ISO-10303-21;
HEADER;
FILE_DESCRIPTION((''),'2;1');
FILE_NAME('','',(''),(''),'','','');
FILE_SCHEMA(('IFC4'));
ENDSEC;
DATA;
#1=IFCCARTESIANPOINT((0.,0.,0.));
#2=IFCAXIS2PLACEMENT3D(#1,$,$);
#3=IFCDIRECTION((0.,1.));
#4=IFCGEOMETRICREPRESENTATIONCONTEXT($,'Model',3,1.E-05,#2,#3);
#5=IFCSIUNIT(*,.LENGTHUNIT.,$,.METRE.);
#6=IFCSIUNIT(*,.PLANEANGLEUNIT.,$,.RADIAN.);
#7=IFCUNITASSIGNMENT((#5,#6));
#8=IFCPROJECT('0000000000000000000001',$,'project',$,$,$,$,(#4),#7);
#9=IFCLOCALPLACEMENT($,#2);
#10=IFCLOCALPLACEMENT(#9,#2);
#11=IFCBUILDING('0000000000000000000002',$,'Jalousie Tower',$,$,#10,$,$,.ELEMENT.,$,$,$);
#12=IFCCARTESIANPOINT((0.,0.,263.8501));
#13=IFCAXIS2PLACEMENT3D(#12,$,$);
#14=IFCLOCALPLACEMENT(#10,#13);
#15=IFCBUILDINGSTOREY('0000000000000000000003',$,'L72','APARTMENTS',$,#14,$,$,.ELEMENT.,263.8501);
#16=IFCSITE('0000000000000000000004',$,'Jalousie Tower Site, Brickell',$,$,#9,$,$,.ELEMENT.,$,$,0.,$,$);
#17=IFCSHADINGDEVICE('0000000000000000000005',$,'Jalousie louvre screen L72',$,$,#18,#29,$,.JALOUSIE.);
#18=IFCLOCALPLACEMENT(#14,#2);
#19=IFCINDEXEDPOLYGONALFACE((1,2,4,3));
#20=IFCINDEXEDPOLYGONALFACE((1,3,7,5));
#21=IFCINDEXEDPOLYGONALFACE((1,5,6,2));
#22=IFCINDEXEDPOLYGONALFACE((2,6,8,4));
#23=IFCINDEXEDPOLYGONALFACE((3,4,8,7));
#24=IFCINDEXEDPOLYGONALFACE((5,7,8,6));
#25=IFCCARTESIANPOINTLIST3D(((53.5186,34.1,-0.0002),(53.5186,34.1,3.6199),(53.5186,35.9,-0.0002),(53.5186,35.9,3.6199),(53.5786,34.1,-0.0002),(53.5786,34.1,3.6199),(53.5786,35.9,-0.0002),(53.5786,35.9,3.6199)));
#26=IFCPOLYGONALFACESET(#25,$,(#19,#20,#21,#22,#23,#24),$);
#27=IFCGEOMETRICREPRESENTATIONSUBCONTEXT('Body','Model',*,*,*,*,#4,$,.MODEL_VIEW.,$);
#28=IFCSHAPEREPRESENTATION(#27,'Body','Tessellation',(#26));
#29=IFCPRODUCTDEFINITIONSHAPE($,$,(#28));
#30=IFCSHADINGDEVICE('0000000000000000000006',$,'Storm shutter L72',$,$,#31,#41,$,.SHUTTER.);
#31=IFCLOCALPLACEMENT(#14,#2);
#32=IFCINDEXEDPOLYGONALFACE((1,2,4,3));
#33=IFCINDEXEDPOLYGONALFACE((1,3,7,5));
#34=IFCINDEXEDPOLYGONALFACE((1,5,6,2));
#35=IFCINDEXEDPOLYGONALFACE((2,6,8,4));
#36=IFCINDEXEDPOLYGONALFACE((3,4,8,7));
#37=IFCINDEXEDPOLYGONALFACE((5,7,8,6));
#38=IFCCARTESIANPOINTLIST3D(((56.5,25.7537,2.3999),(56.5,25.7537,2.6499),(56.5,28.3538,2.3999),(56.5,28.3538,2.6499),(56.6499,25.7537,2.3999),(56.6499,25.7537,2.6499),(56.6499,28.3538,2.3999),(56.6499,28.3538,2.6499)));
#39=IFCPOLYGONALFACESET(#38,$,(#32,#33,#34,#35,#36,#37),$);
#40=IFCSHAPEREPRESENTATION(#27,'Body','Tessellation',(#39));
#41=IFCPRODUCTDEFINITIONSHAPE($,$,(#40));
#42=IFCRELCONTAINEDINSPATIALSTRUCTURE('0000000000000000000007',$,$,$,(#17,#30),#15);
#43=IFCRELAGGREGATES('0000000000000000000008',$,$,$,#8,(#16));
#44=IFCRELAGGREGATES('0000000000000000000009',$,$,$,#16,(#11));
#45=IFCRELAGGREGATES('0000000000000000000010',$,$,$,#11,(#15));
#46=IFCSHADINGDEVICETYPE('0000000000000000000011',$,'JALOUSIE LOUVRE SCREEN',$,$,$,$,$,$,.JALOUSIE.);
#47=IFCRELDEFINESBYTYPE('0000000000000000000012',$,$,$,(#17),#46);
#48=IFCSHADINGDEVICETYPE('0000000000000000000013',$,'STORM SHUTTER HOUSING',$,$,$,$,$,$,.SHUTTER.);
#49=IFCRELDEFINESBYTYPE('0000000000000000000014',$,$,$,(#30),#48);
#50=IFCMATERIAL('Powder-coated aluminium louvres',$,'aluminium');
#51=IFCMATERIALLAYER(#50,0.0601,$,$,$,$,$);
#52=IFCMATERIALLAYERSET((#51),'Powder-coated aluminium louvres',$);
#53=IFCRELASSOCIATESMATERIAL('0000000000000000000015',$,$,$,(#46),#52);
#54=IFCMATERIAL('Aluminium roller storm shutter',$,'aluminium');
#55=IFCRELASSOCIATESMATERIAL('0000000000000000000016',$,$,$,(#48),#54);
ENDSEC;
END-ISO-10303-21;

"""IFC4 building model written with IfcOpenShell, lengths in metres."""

from ifc_helpers import new_model, si_unit, direction, frame, origin, origin_2d, place, context, subcontext, project, spatial, rectangle, extrude, material, layer, layer_set, type_object, element, save


model = new_model("IFC4")

# Units and contexts
model_context = context("Model", 3, precision=1e-05, world=origin(), true_north=direction((0.0, 1.0)))
body_context = subcontext(model_context, "Body", "Model", "MODEL_VIEW")
ifc_project = project(units=[si_unit("LENGTHUNIT", "METRE"), si_unit("PLANEANGLEUNIT", "RADIAN")], contexts=[model_context])

# Site, building, storey
site_placement = place(None, origin())
site = spatial("IfcSite", under=ifc_project, at=site_placement, Name="Jalousie Tower Site, Brickell", CompositionType="ELEMENT", RefElevation=0.0)
building_placement = place(site_placement, origin())
building = spatial("IfcBuilding", under=site, at=building_placement, Name="Jalousie Tower", CompositionType="ELEMENT")
storey_placement = place(building_placement, frame((0.0, 0.0, 263.8501)))
storey = spatial("IfcBuildingStorey", under=building, at=storey_placement, Name="L72", Description="APARTMENTS", CompositionType="ELEMENT", Elevation=263.8501)

# Shading devices
ifc_material_1 = material(Name="Powder-coated aluminium louvres", Category="aluminium")
ifc_layer_1 = layer(ifc_material_1, 0.0601)
ifc_layer_set_1 = layer_set([ifc_layer_1], Name="Powder-coated aluminium louvres")
shading_device_type_1 = type_object("IfcShadingDeviceType", Name="JALOUSIE LOUVRE SCREEN", PredefinedType="JALOUSIE", material=ifc_layer_set_1)
shading_device_1_placement = place(storey_placement, frame((53.5486, 35.0, -0.0002), z_axis=(0.0, 0.0, 1.0), x_axis=(-1.0, 0.0, 0.0)))
element("IfcShadingDevice", 1, at=shading_device_1_placement, inside=storey, type_object=shading_device_type_1, Name="Jalousie louvre screen L72", PredefinedType="JALOUSIE", context=body_context, shape_type="SweptSolid", body=[
    extrude(rectangle(XDim=0.0601, YDim=1.8, at=origin_2d()), origin(), (0.0, 0.0, 1.0), 3.6201),
])
ifc_material_2 = material(Name="Aluminium roller storm shutter", Category="aluminium")
shading_device_type_2 = type_object("IfcShadingDeviceType", Name="STORM SHUTTER HOUSING", PredefinedType="SHUTTER", material=ifc_material_2)
shading_device_2_placement = place(storey_placement, frame((56.575, 27.0537, 2.3999), z_axis=(0.0, 0.0, 1.0), x_axis=(0.0, 1.0, 0.0)))
element("IfcShadingDevice", 2, at=shading_device_2_placement, inside=storey, type_object=shading_device_type_2, Name="Storm shutter L72", PredefinedType="SHUTTER", context=body_context, shape_type="SweptSolid", body=[
    extrude(rectangle(XDim=2.6001, YDim=0.1499, at=origin_2d()), origin(), (0.0, 0.0, 1.0), 0.25),
])

save(model, "model.ifc")
